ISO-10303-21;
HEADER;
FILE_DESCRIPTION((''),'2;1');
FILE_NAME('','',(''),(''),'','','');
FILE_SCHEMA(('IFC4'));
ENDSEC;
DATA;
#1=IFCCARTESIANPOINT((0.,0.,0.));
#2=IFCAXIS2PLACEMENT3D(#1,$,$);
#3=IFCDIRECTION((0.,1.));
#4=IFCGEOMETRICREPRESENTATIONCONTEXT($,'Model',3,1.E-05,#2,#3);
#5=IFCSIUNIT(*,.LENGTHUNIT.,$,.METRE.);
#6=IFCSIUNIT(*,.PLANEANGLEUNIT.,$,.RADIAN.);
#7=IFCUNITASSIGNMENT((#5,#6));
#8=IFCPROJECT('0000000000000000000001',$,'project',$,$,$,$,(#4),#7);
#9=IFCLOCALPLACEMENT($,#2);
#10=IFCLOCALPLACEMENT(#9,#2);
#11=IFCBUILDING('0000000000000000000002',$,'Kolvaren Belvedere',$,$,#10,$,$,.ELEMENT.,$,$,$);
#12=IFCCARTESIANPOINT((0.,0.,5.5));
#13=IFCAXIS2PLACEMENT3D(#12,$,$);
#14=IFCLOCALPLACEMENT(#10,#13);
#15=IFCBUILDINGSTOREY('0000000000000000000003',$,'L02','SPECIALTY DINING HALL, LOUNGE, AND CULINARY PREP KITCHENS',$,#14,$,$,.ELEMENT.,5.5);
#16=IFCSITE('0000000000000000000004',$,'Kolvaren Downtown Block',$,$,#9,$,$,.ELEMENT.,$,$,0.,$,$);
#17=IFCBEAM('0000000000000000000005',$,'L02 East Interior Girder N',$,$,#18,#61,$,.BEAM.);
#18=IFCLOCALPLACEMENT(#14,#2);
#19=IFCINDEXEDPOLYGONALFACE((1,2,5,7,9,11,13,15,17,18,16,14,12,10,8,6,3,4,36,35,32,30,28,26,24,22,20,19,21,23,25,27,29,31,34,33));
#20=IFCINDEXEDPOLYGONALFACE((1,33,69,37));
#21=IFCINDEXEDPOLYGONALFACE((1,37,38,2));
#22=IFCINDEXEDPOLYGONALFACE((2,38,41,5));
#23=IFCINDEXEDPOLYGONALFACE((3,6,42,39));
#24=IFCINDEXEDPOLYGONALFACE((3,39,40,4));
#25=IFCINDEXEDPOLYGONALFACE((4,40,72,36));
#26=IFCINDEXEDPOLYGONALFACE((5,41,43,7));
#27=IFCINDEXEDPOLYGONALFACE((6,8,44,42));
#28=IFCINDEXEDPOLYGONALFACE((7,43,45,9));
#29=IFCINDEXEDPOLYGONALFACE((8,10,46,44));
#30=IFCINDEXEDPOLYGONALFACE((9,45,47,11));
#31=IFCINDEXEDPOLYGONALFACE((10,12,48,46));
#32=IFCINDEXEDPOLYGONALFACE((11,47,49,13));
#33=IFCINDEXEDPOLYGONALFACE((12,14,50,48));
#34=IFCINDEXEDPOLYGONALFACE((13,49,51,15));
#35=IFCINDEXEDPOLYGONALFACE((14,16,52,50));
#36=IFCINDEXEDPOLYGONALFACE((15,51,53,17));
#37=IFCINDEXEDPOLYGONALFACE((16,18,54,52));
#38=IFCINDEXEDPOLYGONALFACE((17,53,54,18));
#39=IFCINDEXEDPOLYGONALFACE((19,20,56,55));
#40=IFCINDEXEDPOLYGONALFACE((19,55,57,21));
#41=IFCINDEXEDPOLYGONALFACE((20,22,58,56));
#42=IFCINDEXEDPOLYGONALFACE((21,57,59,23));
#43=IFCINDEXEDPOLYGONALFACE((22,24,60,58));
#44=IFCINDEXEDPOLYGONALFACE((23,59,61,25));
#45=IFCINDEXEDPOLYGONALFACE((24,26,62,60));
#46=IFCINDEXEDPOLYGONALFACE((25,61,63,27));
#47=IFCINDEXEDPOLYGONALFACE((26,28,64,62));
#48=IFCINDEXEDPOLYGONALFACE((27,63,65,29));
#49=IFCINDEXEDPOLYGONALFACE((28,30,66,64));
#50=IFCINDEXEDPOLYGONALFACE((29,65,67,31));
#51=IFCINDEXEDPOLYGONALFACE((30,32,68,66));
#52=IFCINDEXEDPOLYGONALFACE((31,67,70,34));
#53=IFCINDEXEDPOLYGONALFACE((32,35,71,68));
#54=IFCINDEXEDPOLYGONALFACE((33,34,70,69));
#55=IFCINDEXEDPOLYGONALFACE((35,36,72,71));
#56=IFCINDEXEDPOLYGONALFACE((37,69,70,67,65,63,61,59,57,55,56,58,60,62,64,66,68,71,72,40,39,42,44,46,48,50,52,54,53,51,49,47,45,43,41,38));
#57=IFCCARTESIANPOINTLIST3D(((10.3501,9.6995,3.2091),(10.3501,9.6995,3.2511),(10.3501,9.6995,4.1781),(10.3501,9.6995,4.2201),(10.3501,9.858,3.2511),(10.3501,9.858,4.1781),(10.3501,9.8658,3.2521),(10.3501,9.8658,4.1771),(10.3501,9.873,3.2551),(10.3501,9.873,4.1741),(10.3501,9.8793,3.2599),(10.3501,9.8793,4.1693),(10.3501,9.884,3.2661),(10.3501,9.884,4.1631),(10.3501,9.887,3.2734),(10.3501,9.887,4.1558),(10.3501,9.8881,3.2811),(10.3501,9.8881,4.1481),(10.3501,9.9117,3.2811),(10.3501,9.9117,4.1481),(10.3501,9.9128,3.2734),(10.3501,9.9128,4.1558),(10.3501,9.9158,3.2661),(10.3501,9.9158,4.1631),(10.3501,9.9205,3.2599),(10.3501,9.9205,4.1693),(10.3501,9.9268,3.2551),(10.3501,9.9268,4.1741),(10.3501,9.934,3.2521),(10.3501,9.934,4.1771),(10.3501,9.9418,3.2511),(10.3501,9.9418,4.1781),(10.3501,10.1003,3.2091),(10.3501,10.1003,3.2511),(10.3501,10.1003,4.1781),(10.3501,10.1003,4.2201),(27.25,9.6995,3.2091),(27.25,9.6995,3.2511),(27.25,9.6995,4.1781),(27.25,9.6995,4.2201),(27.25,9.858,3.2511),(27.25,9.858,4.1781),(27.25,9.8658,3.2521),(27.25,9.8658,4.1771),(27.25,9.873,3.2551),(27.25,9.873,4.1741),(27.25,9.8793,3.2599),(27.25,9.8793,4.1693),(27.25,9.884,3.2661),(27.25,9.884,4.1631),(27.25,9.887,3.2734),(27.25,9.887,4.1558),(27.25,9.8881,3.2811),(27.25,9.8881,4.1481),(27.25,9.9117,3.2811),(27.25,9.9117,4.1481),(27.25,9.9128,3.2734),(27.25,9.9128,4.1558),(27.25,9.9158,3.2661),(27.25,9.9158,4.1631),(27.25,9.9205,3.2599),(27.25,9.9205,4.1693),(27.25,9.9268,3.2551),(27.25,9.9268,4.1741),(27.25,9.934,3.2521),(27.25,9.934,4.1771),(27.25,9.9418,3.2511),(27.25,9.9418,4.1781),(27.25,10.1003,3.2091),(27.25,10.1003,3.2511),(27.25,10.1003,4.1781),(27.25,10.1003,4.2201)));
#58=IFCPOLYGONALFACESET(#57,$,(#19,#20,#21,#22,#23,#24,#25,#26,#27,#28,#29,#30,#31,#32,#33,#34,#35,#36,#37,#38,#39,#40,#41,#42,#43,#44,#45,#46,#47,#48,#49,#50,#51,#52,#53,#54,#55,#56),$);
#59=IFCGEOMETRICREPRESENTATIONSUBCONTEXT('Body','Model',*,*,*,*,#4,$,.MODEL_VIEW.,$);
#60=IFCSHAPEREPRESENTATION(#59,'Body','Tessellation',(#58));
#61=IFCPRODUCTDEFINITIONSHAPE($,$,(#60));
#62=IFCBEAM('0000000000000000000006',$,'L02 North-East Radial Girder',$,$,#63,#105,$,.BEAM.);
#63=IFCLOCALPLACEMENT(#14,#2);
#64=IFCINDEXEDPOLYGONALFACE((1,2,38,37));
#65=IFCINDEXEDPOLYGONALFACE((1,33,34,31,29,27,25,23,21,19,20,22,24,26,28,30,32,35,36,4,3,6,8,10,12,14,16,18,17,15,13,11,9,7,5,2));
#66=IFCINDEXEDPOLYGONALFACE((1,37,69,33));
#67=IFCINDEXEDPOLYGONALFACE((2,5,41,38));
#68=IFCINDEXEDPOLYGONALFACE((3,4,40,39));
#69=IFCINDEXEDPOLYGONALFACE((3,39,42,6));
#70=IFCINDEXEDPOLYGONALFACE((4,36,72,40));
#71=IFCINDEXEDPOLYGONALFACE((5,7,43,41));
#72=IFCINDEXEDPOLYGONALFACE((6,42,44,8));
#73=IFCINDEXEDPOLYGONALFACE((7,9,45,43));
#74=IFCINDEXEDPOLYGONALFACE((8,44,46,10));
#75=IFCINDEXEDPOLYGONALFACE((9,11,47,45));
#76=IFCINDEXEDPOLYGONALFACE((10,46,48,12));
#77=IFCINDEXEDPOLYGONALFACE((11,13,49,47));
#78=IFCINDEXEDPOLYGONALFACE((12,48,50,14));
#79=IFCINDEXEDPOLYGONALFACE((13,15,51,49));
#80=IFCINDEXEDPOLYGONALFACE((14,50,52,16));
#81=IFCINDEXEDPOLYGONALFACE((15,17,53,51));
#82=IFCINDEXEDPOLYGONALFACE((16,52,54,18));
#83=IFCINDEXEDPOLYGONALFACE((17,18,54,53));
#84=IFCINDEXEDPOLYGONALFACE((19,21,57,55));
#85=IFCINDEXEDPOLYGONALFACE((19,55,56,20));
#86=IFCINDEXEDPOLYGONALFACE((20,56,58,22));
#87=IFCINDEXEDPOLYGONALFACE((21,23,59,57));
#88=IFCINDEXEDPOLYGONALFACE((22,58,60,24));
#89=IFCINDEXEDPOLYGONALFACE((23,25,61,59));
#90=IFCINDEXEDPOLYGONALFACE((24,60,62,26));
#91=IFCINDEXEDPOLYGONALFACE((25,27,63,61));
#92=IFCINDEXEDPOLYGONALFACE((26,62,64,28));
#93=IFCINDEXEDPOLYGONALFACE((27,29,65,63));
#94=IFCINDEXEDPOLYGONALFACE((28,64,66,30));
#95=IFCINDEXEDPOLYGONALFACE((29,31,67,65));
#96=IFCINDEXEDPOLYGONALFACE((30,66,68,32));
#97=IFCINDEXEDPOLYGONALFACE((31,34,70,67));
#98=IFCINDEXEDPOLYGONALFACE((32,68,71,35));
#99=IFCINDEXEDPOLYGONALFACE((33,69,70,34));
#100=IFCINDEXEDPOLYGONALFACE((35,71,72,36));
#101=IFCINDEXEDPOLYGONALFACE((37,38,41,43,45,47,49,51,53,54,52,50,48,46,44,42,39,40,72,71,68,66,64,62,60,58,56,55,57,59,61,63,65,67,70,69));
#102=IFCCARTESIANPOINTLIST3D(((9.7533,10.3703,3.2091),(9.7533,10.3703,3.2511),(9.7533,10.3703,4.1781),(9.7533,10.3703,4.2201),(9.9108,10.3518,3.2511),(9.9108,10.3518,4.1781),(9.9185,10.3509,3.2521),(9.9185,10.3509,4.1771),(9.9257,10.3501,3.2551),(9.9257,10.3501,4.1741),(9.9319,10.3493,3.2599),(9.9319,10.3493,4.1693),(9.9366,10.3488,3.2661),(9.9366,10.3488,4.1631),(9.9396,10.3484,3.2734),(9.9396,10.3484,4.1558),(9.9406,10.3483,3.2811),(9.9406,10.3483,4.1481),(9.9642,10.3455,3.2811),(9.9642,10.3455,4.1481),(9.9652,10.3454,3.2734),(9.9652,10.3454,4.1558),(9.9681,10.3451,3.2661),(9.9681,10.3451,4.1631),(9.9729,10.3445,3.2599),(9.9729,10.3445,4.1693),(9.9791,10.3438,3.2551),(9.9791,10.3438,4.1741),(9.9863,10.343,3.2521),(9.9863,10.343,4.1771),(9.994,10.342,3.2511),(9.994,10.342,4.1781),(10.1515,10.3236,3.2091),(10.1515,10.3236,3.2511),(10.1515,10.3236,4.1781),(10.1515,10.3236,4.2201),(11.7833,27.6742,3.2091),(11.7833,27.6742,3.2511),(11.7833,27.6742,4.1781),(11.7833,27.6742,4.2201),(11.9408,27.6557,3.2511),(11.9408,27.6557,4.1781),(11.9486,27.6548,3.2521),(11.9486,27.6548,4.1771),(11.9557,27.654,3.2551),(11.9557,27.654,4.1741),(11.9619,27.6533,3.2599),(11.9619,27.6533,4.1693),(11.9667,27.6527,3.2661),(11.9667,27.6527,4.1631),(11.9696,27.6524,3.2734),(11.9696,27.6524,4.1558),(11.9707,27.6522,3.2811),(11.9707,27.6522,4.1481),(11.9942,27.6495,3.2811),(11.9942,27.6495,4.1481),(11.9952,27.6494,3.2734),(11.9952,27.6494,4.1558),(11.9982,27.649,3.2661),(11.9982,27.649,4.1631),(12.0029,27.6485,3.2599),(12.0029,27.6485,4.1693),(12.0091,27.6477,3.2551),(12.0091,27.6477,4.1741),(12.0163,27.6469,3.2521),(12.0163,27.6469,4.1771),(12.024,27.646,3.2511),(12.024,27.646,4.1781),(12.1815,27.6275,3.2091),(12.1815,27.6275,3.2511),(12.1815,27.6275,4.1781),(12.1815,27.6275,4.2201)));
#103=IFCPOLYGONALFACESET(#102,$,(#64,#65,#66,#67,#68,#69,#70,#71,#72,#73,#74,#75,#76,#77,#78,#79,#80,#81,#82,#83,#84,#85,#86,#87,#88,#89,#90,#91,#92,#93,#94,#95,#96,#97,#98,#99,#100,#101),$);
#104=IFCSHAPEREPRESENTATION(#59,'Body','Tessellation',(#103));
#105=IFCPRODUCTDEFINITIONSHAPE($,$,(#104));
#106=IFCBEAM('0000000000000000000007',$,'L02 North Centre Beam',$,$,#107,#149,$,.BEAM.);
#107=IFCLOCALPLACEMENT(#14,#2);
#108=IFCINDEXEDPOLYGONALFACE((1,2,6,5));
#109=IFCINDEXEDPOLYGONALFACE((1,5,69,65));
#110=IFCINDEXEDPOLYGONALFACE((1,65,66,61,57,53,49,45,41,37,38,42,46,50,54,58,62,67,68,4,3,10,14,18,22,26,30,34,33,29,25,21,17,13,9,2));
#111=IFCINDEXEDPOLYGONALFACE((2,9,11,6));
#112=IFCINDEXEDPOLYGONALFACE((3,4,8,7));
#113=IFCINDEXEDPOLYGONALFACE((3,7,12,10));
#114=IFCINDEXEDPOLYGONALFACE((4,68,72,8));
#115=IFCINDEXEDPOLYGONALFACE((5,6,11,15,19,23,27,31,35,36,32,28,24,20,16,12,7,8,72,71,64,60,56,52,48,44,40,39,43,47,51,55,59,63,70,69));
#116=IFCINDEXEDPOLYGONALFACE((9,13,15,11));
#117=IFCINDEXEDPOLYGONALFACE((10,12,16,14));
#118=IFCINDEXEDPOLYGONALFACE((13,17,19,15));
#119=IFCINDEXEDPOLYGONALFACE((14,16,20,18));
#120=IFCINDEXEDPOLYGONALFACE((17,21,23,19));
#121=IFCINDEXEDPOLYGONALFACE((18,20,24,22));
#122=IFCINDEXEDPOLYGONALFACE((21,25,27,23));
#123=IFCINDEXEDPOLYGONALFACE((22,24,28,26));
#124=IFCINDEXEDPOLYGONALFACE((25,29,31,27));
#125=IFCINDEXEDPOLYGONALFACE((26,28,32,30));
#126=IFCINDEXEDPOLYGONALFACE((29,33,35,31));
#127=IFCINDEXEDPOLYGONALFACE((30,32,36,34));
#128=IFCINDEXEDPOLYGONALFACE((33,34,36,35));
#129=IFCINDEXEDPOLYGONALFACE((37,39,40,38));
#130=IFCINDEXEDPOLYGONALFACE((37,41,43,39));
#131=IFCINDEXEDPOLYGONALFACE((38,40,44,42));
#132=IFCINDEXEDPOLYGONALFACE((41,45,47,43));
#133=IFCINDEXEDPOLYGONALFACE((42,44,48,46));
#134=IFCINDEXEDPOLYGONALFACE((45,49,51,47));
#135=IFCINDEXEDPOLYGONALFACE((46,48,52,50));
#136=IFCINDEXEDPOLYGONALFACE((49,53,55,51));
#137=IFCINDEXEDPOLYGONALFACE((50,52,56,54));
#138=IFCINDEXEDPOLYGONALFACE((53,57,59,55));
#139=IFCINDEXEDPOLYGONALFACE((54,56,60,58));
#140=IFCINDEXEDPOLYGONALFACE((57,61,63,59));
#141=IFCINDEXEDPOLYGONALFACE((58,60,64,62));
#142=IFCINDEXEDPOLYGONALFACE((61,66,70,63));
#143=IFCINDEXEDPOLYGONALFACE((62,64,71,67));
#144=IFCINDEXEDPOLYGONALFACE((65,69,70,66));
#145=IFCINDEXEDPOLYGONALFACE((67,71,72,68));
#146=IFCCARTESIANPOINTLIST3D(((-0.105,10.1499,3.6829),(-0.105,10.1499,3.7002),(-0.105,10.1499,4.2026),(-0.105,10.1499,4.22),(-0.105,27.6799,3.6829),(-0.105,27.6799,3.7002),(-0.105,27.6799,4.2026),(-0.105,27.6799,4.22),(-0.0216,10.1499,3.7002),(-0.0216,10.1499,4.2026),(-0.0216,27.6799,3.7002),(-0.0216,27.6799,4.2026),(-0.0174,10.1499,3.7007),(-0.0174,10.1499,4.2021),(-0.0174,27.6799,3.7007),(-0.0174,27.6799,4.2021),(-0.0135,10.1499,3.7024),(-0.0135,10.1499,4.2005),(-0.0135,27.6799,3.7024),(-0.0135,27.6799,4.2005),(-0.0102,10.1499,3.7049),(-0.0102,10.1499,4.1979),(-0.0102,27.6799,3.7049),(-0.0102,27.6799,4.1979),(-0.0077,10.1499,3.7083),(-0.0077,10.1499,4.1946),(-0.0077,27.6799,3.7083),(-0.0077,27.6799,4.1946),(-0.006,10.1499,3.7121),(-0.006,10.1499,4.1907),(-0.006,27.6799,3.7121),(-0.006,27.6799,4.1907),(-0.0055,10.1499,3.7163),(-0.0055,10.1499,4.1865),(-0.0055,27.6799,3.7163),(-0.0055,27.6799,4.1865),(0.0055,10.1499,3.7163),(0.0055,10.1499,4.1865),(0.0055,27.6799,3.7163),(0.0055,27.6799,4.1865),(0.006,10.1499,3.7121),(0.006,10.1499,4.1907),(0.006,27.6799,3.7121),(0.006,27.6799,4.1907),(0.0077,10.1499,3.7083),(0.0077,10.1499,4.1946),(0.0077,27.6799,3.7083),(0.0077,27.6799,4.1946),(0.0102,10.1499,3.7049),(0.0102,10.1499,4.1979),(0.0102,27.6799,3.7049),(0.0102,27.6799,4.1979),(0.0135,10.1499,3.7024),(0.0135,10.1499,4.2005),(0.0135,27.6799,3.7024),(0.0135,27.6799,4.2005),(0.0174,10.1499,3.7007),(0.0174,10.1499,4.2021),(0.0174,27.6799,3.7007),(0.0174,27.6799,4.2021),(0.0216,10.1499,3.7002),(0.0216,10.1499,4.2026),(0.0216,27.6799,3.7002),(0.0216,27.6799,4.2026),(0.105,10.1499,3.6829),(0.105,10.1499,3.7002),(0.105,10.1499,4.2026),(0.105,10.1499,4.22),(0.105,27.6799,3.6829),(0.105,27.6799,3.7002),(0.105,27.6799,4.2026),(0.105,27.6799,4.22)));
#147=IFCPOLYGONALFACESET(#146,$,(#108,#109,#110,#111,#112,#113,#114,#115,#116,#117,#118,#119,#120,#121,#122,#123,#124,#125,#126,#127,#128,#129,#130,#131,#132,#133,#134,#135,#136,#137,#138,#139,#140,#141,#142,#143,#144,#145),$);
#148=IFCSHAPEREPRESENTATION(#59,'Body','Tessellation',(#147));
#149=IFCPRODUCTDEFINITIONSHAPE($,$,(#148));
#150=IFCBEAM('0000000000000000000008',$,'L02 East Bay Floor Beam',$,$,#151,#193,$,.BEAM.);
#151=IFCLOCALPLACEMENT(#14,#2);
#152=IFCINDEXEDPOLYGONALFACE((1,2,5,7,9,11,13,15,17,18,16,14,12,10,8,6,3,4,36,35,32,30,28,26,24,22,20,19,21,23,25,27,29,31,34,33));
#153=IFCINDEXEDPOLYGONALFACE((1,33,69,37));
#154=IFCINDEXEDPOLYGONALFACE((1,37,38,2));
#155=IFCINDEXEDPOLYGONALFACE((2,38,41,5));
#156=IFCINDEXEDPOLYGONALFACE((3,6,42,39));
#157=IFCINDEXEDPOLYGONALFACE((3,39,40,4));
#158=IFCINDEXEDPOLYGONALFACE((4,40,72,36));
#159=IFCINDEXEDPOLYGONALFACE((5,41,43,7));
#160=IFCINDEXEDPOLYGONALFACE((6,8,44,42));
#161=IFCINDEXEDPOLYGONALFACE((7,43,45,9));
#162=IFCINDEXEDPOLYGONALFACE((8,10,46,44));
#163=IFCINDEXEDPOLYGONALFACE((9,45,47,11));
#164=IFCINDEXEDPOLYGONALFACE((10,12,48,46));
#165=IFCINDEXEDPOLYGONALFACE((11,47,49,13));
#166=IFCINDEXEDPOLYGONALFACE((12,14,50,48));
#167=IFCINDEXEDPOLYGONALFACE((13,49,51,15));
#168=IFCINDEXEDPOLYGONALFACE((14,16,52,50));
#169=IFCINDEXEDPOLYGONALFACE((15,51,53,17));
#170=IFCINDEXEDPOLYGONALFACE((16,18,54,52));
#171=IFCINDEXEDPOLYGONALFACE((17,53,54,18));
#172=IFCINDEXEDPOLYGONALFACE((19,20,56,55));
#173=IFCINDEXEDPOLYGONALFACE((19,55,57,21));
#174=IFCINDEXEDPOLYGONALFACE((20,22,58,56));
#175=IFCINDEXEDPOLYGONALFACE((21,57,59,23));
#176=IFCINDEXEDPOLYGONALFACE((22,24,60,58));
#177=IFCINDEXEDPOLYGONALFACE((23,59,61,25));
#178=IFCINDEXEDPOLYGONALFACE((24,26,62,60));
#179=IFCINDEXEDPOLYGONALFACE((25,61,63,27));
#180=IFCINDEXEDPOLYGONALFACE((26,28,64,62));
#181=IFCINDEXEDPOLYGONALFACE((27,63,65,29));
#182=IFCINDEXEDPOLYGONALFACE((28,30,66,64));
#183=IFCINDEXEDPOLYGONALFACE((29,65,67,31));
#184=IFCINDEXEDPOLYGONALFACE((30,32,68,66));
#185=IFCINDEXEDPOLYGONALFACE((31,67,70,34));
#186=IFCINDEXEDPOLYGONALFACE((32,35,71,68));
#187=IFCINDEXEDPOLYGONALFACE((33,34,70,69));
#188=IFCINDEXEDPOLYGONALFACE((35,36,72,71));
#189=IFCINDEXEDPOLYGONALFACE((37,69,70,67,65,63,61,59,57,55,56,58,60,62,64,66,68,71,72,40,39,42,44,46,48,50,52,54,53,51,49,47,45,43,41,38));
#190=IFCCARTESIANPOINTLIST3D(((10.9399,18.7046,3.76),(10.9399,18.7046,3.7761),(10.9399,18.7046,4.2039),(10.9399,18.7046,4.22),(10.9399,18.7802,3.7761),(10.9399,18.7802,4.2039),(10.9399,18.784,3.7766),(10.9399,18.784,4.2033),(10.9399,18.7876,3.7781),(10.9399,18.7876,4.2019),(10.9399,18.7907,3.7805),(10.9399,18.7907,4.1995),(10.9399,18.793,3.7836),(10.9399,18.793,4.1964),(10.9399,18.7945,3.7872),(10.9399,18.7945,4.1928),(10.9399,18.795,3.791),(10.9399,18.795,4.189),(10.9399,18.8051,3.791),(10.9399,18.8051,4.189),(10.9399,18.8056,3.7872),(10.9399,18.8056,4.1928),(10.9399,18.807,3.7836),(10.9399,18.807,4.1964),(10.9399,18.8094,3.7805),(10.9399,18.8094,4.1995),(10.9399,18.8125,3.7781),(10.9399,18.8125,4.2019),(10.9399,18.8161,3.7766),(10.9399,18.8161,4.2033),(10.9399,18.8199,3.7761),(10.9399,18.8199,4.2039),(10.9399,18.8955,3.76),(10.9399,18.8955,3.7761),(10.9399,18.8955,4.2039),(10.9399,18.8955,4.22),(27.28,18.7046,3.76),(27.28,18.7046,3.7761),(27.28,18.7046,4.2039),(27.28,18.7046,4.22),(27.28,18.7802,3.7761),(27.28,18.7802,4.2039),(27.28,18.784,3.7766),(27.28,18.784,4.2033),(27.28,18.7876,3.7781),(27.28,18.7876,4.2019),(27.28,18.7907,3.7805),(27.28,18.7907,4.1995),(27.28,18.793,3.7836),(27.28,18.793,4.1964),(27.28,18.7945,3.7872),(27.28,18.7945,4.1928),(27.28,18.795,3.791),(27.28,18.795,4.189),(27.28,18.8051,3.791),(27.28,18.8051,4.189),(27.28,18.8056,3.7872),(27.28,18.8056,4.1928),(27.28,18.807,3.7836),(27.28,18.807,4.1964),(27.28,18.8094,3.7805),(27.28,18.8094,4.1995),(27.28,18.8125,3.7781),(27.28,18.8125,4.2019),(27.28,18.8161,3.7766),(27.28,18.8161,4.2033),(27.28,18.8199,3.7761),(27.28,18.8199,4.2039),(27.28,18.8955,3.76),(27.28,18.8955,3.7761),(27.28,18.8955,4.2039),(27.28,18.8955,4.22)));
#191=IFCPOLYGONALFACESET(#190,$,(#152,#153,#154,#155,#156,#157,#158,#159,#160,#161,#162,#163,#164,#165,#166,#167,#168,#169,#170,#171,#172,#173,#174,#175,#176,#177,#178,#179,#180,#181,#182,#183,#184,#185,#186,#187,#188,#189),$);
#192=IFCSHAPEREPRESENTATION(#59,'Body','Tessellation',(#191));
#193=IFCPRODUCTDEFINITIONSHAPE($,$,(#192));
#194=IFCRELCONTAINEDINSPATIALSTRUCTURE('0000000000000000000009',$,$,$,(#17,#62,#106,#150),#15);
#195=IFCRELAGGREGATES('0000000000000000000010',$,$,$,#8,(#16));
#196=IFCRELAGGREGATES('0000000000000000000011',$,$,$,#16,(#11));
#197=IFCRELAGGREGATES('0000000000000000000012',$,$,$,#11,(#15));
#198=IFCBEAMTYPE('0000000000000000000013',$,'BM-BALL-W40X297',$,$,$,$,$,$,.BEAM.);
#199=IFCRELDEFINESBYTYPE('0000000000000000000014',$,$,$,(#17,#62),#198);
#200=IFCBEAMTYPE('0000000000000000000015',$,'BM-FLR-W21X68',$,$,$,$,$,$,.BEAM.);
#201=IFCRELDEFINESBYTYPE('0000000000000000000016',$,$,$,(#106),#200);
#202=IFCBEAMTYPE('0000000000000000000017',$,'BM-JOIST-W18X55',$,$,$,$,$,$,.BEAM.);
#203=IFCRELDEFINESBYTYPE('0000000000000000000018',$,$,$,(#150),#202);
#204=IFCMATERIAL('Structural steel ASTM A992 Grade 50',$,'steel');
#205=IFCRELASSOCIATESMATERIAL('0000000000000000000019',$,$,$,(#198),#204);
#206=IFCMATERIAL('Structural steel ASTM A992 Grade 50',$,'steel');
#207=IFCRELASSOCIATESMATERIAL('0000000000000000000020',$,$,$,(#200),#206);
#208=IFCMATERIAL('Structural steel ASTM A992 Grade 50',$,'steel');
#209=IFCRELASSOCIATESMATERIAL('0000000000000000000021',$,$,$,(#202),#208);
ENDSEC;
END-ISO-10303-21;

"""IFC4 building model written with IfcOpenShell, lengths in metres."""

from ifc_helpers import new_model, si_unit, direction, frame, origin, origin_2d, place, context, subcontext, project, spatial, i_section, extrude, material, material_profile, profile_set, type_object, element, save


model = new_model("IFC4")

# Units and contexts
model_context = context("Model", 3, precision=1e-05, world=origin(), true_north=direction((0.0, 1.0)))
body_context = subcontext(model_context, "Body", "Model", "MODEL_VIEW")
ifc_project = project(units=[si_unit("LENGTHUNIT", "METRE"), si_unit("PLANEANGLEUNIT", "RADIAN")], contexts=[model_context])

# Site, building, storey
site_placement = place(None, origin())
site = spatial("IfcSite", under=ifc_project, at=site_placement, Name="Kolvaren Downtown Block", CompositionType="ELEMENT", RefElevation=0.0)
building_placement = place(site_placement, origin())
building = spatial("IfcBuilding", under=site, at=building_placement, Name="Kolvaren Belvedere", CompositionType="ELEMENT")
storey_placement = place(building_placement, frame((0.0, 0.0, 5.5)))
storey = spatial("IfcBuildingStorey", under=building, at=storey_placement, Name="L02", Description="SPECIALTY DINING HALL, LOUNGE, AND CULINARY PREP KITCHENS", CompositionType="ELEMENT", Elevation=5.5)

# Beams
ifc_material_1 = material(Name="Structural steel ASTM A992 Grade 50", Category="steel")
ifc_material_profile_1 = material_profile(ifc_material_1, i_section(OverallWidth=0.4009, OverallDepth=1.011, WebThickness=0.0237, FlangeThickness=0.042, FilletRadius=0.03, at=origin_2d()), Name="W40X297")
ifc_profile_set_1 = profile_set([ifc_material_profile_1], Name="Structural steel ASTM A992 Grade 50")
beam_type_1 = type_object("IfcBeamType", Name="BM-BALL-W40X297", PredefinedType="BEAM", material=ifc_profile_set_1)
beam_1_placement = place(storey_placement, frame((10.3501, 9.8999, 3.7146), z_axis=(1.0, 0.0, 0.0), x_axis=(0.0, 1.0, 0.0)))
element("IfcBeam", 1, at=beam_1_placement, inside=storey, type_object=beam_type_1, Name="L02 East Interior Girder N", PredefinedType="BEAM", context=body_context, shape_type="SweptSolid", body=[
    extrude(i_section(OverallWidth=0.4009, OverallDepth=1.011, WebThickness=0.0237, FlangeThickness=0.042, FilletRadius=0.03, at=origin_2d()), origin(), (0.0, 0.0, 1.0), 16.8999),
])
beam_2_placement = place(storey_placement, frame((9.9524, 10.3469, 3.7146), z_axis=(0.116517, 0.993189, 0.0), x_axis=(-0.993189, 0.116517, 0.0)))
element("IfcBeam", 2, at=beam_2_placement, inside=storey, type_object=beam_type_1, Name="L02 North-East Radial Girder", PredefinedType="BEAM", context=body_context, shape_type="SweptSolid", body=[
    extrude(i_section(OverallWidth=0.4009, OverallDepth=1.011, WebThickness=0.0237, FlangeThickness=0.042, FilletRadius=0.03, at=origin_2d()), origin(), (0.0, 0.0, 1.0), 17.4226),
])
ifc_material_2 = material(Name="Structural steel ASTM A992 Grade 50", Category="steel")
ifc_material_profile_2 = material_profile(ifc_material_2, i_section(OverallWidth=0.21, OverallDepth=0.5371, WebThickness=0.011, FlangeThickness=0.0173, FilletRadius=0.0161, at=origin_2d()), Name="W21X68")
ifc_profile_set_2 = profile_set([ifc_material_profile_2], Name="Structural steel ASTM A992 Grade 50")
beam_type_2 = type_object("IfcBeamType", Name="BM-FLR-W21X68", PredefinedType="BEAM", material=ifc_profile_set_2)
beam_3_placement = place(storey_placement, frame((0.0, 10.1499, 3.9514), z_axis=(0.0, 1.0, 0.0), x_axis=(-1.0, 0.0, 0.0)))
element("IfcBeam", 3, at=beam_3_placement, inside=storey, type_object=beam_type_2, Name="L02 North Centre Beam", PredefinedType="BEAM", context=body_context, shape_type="SweptSolid", body=[
    extrude(i_section(OverallWidth=0.21, OverallDepth=0.5371, WebThickness=0.011, FlangeThickness=0.0173, FilletRadius=0.0161, at=origin_2d()), origin(), (0.0, 0.0, 1.0), 17.53),
])
ifc_material_3 = material(Name="Structural steel ASTM A992 Grade 50", Category="steel")
ifc_material_profile_3 = material_profile(ifc_material_3, i_section(OverallWidth=0.1909, OverallDepth=0.46, WebThickness=0.01, FlangeThickness=0.0161, FilletRadius=0.0149, at=origin_2d()), Name="W18X55")
ifc_profile_set_3 = profile_set([ifc_material_profile_3], Name="Structural steel ASTM A992 Grade 50")
beam_type_3 = type_object("IfcBeamType", Name="BM-JOIST-W18X55", PredefinedType="BEAM", material=ifc_profile_set_3)
beam_4_placement = place(storey_placement, frame((10.9399, 18.8, 3.99), z_axis=(1.0, 0.0, 0.0), x_axis=(0.0, 1.0, 0.0)))
element("IfcBeam", 4, at=beam_4_placement, inside=storey, type_object=beam_type_3, Name="L02 East Bay Floor Beam", PredefinedType="BEAM", context=body_context, shape_type="SweptSolid", body=[
    extrude(i_section(OverallWidth=0.1909, OverallDepth=0.46, WebThickness=0.01, FlangeThickness=0.0161, FilletRadius=0.0149, at=origin_2d()), origin(), (0.0, 0.0, 1.0), 16.3401),
])

save(model, "model.ifc")
